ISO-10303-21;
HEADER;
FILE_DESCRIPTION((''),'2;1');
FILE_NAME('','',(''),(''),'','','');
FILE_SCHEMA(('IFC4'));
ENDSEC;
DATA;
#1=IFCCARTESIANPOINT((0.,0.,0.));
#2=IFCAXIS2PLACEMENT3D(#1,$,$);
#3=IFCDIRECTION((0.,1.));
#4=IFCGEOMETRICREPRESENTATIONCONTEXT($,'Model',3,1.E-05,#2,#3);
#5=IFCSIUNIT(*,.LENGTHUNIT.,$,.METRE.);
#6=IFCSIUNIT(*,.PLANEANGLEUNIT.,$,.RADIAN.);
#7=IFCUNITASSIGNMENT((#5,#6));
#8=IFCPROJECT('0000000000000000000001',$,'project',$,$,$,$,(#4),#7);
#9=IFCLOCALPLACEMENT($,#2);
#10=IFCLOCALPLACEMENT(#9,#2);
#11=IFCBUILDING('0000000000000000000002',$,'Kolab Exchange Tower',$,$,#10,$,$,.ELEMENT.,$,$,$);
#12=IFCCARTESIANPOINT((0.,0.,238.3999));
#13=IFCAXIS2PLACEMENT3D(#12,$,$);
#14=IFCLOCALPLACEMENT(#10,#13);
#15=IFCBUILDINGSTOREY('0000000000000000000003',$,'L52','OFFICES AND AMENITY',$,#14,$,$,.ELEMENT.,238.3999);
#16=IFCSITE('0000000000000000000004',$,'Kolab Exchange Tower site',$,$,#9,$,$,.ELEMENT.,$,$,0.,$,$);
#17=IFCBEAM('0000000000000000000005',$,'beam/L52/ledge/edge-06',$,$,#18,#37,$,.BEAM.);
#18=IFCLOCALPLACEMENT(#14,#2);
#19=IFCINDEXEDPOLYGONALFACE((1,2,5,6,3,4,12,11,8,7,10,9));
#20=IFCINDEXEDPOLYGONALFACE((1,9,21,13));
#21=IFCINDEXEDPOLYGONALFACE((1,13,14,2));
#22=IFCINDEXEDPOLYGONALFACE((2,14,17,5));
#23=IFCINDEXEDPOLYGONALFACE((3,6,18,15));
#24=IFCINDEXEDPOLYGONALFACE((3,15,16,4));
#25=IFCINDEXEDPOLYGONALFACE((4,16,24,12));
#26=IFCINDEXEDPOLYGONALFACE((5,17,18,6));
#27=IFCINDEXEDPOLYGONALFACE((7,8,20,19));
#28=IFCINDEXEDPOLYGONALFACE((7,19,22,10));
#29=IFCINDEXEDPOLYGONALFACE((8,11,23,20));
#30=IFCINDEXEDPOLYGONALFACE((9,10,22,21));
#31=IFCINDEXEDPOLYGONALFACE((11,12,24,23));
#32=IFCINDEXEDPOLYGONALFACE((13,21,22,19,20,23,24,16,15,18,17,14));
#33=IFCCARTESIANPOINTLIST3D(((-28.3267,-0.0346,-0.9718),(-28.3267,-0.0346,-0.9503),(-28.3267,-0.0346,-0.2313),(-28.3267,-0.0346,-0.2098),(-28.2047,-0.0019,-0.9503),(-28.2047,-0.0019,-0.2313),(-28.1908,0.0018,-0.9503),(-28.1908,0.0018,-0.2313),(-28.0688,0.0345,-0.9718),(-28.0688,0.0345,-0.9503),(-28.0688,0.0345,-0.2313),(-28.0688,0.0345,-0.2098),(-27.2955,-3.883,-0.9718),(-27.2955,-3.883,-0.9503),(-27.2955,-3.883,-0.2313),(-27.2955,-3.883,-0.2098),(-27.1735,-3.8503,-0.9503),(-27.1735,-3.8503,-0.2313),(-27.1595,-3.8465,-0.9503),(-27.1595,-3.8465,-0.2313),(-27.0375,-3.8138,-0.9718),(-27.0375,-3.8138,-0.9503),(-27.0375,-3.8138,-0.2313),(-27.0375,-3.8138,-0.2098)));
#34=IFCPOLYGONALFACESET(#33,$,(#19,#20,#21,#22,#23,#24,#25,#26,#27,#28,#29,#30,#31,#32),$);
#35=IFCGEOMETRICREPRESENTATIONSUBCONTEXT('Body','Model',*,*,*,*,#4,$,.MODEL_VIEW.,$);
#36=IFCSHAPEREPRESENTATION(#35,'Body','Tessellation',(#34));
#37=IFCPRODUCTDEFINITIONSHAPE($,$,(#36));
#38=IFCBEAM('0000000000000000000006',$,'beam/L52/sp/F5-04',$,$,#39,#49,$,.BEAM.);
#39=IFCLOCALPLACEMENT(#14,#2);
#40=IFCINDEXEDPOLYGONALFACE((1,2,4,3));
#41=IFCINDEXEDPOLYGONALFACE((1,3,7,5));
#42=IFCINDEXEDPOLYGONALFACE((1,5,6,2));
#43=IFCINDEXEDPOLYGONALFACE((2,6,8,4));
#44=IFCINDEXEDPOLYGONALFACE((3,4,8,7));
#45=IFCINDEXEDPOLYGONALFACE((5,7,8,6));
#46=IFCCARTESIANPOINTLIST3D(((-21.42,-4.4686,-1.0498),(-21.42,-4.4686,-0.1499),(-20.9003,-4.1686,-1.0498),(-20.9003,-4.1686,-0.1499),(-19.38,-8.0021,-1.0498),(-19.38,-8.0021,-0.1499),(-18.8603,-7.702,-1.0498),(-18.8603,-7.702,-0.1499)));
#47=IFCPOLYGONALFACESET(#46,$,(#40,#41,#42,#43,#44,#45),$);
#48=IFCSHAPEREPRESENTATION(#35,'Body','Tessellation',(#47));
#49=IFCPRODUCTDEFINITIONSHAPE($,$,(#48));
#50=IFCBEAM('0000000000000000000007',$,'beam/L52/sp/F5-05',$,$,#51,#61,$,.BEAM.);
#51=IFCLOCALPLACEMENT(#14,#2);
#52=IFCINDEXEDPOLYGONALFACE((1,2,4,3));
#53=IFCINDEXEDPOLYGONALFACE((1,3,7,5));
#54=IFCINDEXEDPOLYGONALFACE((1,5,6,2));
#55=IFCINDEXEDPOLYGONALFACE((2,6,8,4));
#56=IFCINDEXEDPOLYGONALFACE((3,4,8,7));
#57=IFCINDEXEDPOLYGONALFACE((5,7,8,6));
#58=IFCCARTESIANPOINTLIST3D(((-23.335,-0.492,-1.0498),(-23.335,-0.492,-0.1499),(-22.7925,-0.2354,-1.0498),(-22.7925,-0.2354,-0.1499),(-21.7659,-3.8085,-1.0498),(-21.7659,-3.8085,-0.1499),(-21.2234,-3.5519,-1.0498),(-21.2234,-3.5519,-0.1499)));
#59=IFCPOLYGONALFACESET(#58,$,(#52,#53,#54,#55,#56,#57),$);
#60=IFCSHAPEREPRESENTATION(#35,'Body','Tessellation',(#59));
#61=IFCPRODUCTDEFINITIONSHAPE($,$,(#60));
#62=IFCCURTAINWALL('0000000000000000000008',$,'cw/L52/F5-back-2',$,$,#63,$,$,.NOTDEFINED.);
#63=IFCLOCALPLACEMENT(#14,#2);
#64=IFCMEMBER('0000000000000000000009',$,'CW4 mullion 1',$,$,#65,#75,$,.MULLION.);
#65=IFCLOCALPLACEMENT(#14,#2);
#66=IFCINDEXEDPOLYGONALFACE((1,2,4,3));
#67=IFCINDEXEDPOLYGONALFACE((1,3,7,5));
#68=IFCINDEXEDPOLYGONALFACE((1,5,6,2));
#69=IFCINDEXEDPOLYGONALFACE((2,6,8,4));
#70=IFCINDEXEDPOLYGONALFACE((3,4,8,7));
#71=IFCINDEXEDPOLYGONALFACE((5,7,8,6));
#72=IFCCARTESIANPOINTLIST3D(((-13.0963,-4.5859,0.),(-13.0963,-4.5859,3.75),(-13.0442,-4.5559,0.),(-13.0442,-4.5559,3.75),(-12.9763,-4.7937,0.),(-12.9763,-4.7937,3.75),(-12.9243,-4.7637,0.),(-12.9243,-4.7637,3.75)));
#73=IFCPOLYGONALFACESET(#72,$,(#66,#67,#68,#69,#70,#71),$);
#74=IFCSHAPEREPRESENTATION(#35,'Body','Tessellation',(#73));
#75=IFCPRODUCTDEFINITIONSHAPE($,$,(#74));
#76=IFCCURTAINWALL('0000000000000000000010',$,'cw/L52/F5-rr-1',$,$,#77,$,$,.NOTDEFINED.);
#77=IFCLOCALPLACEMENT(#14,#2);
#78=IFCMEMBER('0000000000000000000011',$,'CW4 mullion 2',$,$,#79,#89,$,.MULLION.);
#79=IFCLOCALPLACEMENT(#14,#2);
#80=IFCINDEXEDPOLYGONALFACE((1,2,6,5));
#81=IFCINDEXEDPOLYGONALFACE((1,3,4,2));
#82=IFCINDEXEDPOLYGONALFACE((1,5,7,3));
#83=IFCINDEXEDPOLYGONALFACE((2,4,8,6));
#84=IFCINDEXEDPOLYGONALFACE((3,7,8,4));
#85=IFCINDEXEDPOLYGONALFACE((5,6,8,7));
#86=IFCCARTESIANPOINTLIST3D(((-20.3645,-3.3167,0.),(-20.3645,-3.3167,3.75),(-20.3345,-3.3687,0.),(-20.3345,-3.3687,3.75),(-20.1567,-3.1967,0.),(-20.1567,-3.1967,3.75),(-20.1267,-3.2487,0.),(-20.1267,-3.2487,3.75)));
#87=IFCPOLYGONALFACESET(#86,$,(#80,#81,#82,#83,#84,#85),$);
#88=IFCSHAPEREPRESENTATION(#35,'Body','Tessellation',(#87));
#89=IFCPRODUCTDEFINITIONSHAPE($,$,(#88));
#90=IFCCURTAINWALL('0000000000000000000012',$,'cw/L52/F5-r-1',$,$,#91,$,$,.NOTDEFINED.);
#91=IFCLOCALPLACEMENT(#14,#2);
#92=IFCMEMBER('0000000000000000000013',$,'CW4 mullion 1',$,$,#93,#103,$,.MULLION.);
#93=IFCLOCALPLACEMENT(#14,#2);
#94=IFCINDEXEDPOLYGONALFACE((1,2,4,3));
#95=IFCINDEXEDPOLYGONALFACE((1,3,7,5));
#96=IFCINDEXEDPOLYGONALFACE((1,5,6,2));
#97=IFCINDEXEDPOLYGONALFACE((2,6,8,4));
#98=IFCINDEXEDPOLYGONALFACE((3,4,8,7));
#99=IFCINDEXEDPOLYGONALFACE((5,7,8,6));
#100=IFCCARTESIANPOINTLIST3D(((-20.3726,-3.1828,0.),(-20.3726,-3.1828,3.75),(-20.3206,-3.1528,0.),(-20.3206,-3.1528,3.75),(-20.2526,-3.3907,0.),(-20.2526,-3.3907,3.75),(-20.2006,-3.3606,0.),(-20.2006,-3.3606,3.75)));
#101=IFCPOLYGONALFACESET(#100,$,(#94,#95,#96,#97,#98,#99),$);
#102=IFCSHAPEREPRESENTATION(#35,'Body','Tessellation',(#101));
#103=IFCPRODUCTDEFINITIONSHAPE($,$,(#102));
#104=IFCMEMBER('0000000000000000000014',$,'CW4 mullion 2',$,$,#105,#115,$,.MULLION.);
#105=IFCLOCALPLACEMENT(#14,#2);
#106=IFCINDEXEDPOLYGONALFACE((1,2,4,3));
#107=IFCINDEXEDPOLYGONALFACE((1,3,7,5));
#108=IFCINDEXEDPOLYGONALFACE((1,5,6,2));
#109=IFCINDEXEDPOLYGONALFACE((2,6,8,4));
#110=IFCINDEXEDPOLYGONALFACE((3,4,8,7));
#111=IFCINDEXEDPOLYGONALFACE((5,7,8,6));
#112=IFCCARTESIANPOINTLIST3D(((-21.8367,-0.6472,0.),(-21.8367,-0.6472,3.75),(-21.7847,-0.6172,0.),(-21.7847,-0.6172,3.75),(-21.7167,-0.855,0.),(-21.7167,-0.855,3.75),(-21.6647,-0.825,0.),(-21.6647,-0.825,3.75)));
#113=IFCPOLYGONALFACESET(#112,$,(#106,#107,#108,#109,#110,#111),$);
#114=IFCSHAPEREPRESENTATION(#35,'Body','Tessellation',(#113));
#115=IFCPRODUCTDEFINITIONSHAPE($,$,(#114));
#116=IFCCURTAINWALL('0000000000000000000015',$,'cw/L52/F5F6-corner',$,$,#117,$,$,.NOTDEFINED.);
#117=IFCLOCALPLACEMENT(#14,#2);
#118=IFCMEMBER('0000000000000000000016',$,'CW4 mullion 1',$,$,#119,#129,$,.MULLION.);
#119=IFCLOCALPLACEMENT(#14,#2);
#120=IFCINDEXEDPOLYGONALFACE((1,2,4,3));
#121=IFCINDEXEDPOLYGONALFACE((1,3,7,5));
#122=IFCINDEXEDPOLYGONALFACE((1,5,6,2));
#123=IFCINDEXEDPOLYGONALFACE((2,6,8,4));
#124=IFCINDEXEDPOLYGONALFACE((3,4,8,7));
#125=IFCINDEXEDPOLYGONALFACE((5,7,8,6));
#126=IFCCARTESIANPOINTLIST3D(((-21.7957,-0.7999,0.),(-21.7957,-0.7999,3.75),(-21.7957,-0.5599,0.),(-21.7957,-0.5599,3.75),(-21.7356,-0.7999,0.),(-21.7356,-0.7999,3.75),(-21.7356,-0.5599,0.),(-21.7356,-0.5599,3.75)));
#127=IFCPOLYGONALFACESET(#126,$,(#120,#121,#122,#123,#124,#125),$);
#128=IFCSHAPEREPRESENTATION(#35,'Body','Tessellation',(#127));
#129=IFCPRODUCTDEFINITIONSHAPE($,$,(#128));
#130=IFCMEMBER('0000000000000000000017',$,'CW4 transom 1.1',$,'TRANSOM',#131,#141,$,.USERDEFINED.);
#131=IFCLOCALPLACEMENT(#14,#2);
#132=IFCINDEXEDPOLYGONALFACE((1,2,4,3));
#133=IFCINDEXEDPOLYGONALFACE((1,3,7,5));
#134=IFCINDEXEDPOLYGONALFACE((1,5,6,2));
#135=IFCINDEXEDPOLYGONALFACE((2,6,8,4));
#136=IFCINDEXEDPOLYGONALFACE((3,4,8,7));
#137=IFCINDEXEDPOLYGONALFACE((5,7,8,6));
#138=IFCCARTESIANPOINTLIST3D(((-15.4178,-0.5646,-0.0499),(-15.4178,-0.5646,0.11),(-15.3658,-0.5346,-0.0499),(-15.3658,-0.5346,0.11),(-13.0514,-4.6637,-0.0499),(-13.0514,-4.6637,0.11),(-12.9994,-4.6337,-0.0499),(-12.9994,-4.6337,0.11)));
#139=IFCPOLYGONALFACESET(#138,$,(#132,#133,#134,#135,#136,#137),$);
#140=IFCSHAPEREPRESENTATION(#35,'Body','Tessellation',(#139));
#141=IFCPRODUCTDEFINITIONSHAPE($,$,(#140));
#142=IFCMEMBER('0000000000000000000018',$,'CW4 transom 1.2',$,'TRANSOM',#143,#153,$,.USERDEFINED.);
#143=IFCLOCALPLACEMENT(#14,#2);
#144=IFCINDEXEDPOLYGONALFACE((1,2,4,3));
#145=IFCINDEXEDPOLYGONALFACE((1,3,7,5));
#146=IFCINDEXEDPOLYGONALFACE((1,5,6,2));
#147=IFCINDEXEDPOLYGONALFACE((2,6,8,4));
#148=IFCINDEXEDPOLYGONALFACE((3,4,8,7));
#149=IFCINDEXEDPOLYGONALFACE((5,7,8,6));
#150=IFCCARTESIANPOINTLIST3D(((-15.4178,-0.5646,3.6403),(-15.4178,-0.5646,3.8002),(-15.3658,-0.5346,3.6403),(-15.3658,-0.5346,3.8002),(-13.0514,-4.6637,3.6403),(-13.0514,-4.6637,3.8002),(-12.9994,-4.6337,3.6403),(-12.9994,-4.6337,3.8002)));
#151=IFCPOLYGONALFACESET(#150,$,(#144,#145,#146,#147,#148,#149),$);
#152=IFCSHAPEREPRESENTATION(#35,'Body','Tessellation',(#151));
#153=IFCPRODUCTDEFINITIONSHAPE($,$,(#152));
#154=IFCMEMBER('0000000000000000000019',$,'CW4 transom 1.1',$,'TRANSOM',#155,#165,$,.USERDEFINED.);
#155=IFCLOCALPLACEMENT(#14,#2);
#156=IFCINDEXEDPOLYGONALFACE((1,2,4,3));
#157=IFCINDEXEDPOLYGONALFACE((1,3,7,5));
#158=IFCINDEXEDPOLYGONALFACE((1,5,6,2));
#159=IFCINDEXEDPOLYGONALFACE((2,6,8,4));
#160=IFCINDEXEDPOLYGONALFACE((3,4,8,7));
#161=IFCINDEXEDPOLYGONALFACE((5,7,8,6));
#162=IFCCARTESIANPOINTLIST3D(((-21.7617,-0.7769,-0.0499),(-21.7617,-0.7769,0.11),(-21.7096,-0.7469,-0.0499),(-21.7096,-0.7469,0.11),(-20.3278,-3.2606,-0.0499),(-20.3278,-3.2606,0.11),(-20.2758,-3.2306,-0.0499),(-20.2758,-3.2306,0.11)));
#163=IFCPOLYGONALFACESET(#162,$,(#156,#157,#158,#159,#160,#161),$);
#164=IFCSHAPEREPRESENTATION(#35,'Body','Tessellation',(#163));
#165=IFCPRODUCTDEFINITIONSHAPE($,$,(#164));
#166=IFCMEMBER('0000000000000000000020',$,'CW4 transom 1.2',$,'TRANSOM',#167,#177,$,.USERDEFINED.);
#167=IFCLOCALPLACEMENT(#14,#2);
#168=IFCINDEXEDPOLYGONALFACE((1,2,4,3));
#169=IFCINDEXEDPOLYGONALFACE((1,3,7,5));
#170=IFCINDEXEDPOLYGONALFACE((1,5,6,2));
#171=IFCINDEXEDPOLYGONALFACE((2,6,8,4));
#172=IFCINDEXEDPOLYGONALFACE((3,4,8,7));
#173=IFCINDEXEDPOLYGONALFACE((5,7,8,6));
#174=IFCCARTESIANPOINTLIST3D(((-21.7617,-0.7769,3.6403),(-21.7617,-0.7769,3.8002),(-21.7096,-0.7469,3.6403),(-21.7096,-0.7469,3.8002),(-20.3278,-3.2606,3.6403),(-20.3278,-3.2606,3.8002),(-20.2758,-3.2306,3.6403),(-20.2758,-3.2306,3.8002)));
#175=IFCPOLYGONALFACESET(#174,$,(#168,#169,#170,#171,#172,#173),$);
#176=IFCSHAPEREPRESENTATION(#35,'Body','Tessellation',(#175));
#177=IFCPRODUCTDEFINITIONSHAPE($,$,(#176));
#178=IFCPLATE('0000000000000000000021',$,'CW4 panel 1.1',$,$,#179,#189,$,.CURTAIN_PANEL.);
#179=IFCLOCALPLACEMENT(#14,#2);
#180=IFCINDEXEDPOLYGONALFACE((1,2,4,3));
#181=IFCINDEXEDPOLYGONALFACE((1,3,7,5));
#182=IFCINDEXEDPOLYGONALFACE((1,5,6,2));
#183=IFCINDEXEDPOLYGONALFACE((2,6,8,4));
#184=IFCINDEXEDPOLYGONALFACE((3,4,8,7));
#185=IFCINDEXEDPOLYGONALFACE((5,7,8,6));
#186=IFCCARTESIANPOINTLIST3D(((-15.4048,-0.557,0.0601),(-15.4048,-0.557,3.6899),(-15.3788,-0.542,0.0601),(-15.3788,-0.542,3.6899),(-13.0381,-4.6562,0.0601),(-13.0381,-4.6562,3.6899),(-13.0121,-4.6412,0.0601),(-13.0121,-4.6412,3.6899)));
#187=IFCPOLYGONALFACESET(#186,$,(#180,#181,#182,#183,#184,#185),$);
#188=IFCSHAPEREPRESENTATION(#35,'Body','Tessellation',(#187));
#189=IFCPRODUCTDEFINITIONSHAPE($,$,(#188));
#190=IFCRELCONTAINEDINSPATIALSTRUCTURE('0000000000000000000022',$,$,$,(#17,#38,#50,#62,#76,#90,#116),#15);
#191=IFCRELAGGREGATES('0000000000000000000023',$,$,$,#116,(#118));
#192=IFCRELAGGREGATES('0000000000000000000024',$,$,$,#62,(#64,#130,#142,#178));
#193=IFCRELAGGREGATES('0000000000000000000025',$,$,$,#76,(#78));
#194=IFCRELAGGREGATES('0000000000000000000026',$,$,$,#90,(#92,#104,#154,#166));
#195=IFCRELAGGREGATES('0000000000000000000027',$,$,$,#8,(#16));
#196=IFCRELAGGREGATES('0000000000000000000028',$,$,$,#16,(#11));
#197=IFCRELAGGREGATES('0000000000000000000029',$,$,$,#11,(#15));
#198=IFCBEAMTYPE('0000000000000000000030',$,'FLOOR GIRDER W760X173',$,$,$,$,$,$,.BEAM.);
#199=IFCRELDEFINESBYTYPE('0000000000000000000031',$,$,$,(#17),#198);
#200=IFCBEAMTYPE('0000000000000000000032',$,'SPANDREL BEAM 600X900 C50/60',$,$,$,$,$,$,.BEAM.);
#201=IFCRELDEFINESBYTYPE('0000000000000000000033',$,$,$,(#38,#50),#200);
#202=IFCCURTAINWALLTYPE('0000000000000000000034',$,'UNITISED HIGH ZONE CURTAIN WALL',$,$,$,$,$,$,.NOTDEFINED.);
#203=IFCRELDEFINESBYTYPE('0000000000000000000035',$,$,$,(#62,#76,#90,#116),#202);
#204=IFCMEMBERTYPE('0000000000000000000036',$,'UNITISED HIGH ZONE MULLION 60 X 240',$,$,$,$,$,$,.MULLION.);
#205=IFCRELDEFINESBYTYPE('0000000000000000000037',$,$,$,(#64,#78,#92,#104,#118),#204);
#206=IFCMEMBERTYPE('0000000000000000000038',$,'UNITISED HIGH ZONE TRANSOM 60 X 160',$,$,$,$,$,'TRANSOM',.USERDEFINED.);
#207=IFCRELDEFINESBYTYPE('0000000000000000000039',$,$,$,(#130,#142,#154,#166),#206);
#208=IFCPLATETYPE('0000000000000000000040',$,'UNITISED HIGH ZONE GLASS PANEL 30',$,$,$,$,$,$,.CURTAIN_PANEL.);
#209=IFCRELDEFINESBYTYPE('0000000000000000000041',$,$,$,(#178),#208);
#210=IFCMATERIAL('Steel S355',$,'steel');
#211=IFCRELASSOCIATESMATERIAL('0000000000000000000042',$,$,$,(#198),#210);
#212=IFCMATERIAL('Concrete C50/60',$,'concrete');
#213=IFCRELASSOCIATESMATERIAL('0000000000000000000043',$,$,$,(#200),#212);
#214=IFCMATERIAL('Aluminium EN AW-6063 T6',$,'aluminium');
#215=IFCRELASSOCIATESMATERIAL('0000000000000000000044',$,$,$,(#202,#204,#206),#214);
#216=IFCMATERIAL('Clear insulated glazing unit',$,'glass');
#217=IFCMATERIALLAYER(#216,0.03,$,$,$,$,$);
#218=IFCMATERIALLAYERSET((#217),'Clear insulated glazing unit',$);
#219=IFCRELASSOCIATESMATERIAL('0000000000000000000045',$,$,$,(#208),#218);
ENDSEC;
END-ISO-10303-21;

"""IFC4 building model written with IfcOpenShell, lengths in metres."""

from ifc_helpers import new_model, si_unit, direction, frame, origin, origin_2d, place, context, subcontext, project, spatial, rectangle, i_section, extrude, material, layer, layer_set, material_profile, profile_set, type_object, element, aggregate, save


model = new_model("IFC4")

# Units and contexts
model_context = context("Model", 3, precision=1e-05, world=origin(), true_north=direction((0.0, 1.0)))
body_context = subcontext(model_context, "Body", "Model", "MODEL_VIEW")
ifc_project = project(units=[si_unit("LENGTHUNIT", "METRE"), si_unit("PLANEANGLEUNIT", "RADIAN")], contexts=[model_context])

# Site, building, storey
site_placement = place(None, origin())
site = spatial("IfcSite", under=ifc_project, at=site_placement, Name="Kolab Exchange Tower site", CompositionType="ELEMENT", RefElevation=0.0)
building_placement = place(site_placement, origin())
building = spatial("IfcBuilding", under=site, at=building_placement, Name="Kolab Exchange Tower", CompositionType="ELEMENT")
storey_placement = place(building_placement, frame((0.0, 0.0, 238.3999)))
storey = spatial("IfcBuildingStorey", under=building, at=storey_placement, Name="L52", Description="OFFICES AND AMENITY", CompositionType="ELEMENT", Elevation=238.3999)

# Shared definitions
ifc_material_1 = material(Name="Concrete C50/60", Category="concrete")

# Beams
ifc_material_2 = material(Name="Steel S355", Category="steel")
ifc_material_profile_1 = material_profile(ifc_material_2, i_section(OverallWidth=0.2671, OverallDepth=0.762, WebThickness=0.0144, FlangeThickness=0.0215, at=origin_2d()), Name="W760X173")
ifc_profile_set_1 = profile_set([ifc_material_profile_1], Name="Steel S355")
beam_type_1 = type_object("IfcBeamType", Name="FLOOR GIRDER W760X173", PredefinedType="BEAM", material=ifc_profile_set_1)
beam_1_placement = place(storey_placement, frame((-27.1665, -3.8484, -0.5908), z_axis=(-0.258837, 0.965921, 0.0), x_axis=(-0.965921, -0.258837, 0.0)))
element("IfcBeam", 1, at=beam_1_placement, inside=storey, type_object=beam_type_1, Name="beam/L52/ledge/edge-06", PredefinedType="BEAM", context=body_context, shape_type="SweptSolid", body=[
    extrude(i_section(OverallWidth=0.2671, OverallDepth=0.762, WebThickness=0.0144, FlangeThickness=0.0215, at=origin_2d()), origin(), (0.0, 0.0, 1.0), 3.9841),
])
ifc_material_profile_2 = material_profile(ifc_material_1, rectangle(XDim=0.6001, YDim=0.8999, at=origin_2d()), Name="RC600X900")
ifc_profile_set_2 = profile_set([ifc_material_profile_2], Name="Concrete C50/60")
beam_type_2 = type_object("IfcBeamType", Name="SPANDREL BEAM 600X900 C50/60", PredefinedType="BEAM", material=ifc_profile_set_2)
beam_2_placement = place(storey_placement, frame((-19.1201, -7.8521, -0.5999), z_axis=(-0.5, 0.866025, 0.0), x_axis=(-0.866025, -0.5, 0.0)))
element("IfcBeam", 2, at=beam_2_placement, inside=storey, type_object=beam_type_2, Name="beam/L52/sp/F5-04", PredefinedType="BEAM", context=body_context, shape_type="SweptSolid", body=[
    extrude(rectangle(XDim=0.6001, YDim=0.8999, at=origin_2d()), origin(), (0.0, 0.0, 1.0), 4.0801),
])
beam_3_placement = place(storey_placement, frame((-21.4946, -3.6802, -0.5999), z_axis=(-0.427677, 0.903932, 0.0), x_axis=(-0.903932, -0.427677, 0.0)))
element("IfcBeam", 3, at=beam_3_placement, inside=storey, type_object=beam_type_2, Name="beam/L52/sp/F5-05", PredefinedType="BEAM", context=body_context, shape_type="SweptSolid", body=[
    extrude(rectangle(XDim=0.6001, YDim=0.8999, at=origin_2d()), origin(), (0.0, 0.0, 1.0), 3.6689),
])

# Curtain walls, members
ifc_material_3 = material(Name="Aluminium EN AW-6063 T6", Category="aluminium")
curtain_wall_type = type_object("IfcCurtainWallType", Name="UNITISED HIGH ZONE CURTAIN WALL", PredefinedType="NOTDEFINED", material=ifc_material_3)
curtain_wall_1_placement = place(storey_placement, origin())
curtain_wall_1 = element("IfcCurtainWall", 4, at=curtain_wall_1_placement, inside=storey, type_object=curtain_wall_type, Name="cw/L52/F5-back-2", PredefinedType="NOTDEFINED")
ifc_material_profile_3 = material_profile(ifc_material_3, rectangle(XDim=0.0601, YDim=0.24, at=origin_2d()), Name="RECT 60X240")
ifc_profile_set_3 = profile_set([ifc_material_profile_3], Name="Aluminium EN AW-6063 T6")
member_type_1 = type_object("IfcMemberType", Name="UNITISED HIGH ZONE MULLION 60 X 240", PredefinedType="MULLION", material=ifc_profile_set_3)
member_1_placement = place(storey_placement, frame((-13.0103, -4.6748, 0.0), z_axis=(0.0, 0.0, 1.0), x_axis=(-0.866025, -0.5, 0.0)))
member_1 = element("IfcMember", 5, at=member_1_placement, type_object=member_type_1, Name="CW4 mullion 1", PredefinedType="MULLION", context=body_context, shape_type="SweptSolid", body=[
    extrude(rectangle(XDim=0.0601, YDim=0.24, at=origin_2d()), origin(), (0.0, 0.0, 1.0), 3.75),
])
curtain_wall_2_placement = place(storey_placement, origin())
curtain_wall_2 = element("IfcCurtainWall", 6, at=curtain_wall_2_placement, inside=storey, type_object=curtain_wall_type, Name="cw/L52/F5-rr-1", PredefinedType="NOTDEFINED")
member_2_placement = place(storey_placement, frame((-20.2456, -3.2827, 0.0), z_axis=(0.0, 0.0, 1.0), x_axis=(0.5, -0.866025, 0.0)))
member_2 = element("IfcMember", 7, at=member_2_placement, type_object=member_type_1, Name="CW4 mullion 2", PredefinedType="MULLION", context=body_context, shape_type="SweptSolid", body=[
    extrude(rectangle(XDim=0.0601, YDim=0.24, at=origin_2d()), origin(), (0.0, 0.0, 1.0), 3.75),
])

# Curtain wall, members
curtain_wall_3_placement = place(storey_placement, origin())
curtain_wall_3 = element("IfcCurtainWall", 8, at=curtain_wall_3_placement, inside=storey, type_object=curtain_wall_type, Name="cw/L52/F5-r-1", PredefinedType="NOTDEFINED")
member_3_placement = place(storey_placement, frame((-20.2866, -3.2717, 0.0), z_axis=(0.0, 0.0, 1.0), x_axis=(-0.866025, -0.5, 0.0)))
member_3 = element("IfcMember", 9, at=member_3_placement, type_object=member_type_1, Name="CW4 mullion 1", PredefinedType="MULLION", context=body_context, shape_type="SweptSolid", body=[
    extrude(rectangle(XDim=0.0601, YDim=0.24, at=origin_2d()), origin(), (0.0, 0.0, 1.0), 3.75),
])
member_4_placement = place(storey_placement, frame((-21.7507, -0.7361, 0.0), z_axis=(0.0, 0.0, 1.0), x_axis=(-0.866025, -0.5, 0.0)))
member_4 = element("IfcMember", 10, at=member_4_placement, type_object=member_type_1, Name="CW4 mullion 2", PredefinedType="MULLION", context=body_context, shape_type="SweptSolid", body=[
    extrude(rectangle(XDim=0.0601, YDim=0.24, at=origin_2d()), origin(), (0.0, 0.0, 1.0), 3.75),
])

# Curtain wall, member
curtain_wall_4_placement = place(storey_placement, origin())
curtain_wall_4 = element("IfcCurtainWall", 11, at=curtain_wall_4_placement, inside=storey, type_object=curtain_wall_type, Name="cw/L52/F5F6-corner", PredefinedType="NOTDEFINED")
member_5_placement = place(storey_placement, frame((-21.7656, -0.6799, 0.0), z_axis=(0.0, 0.0, 1.0), x_axis=(-1.0, 0.0, 0.0)))
member_5 = element("IfcMember", 12, at=member_5_placement, type_object=member_type_1, Name="CW4 mullion 1", PredefinedType="MULLION", context=body_context, shape_type="SweptSolid", body=[
    extrude(rectangle(XDim=0.0601, YDim=0.24, at=origin_2d()), origin(), (0.0, 0.0, 1.0), 3.75),
])
aggregate(curtain_wall_4, [member_5])

# Members
ifc_material_profile_4 = material_profile(ifc_material_3, rectangle(XDim=0.0601, YDim=0.1599, at=origin_2d()), Name="RECT 60X160")
ifc_profile_set_4 = profile_set([ifc_material_profile_4], Name="Aluminium EN AW-6063 T6")
member_type_2 = type_object("IfcMemberType", Name="UNITISED HIGH ZONE TRANSOM 60 X 160", ElementType="TRANSOM", PredefinedType="USERDEFINED", material=ifc_profile_set_4)
member_6_placement = place(storey_placement, frame((-13.0254, -4.6487, 0.03), z_axis=(-0.499972, 0.866041, 0.0), x_axis=(-0.866041, -0.499972, 0.0)))
member_6 = element("IfcMember", 13, at=member_6_placement, type_object=member_type_2, Name="CW4 transom 1.1", ObjectType="TRANSOM", PredefinedType="USERDEFINED", context=body_context, shape_type="SweptSolid", body=[
    extrude(rectangle(XDim=0.0601, YDim=0.1599, at=origin_2d()), origin(), (0.0, 0.0, 1.0), 4.7332),
])
member_7_placement = place(storey_placement, frame((-13.0254, -4.6487, 3.7202), z_axis=(-0.499972, 0.866041, 0.0), x_axis=(-0.866041, -0.499972, 0.0)))
member_7 = element("IfcMember", 14, at=member_7_placement, type_object=member_type_2, Name="CW4 transom 1.2", ObjectType="TRANSOM", PredefinedType="USERDEFINED", context=body_context, shape_type="SweptSolid", body=[
    extrude(rectangle(XDim=0.0601, YDim=0.1599, at=origin_2d()), origin(), (0.0, 0.0, 1.0), 4.7332),
])
member_8_placement = place(storey_placement, frame((-20.3018, -3.2456, 0.03), z_axis=(-0.499975, 0.86604, 0.0), x_axis=(-0.86604, -0.499975, 0.0)))
member_8 = element("IfcMember", 15, at=member_8_placement, type_object=member_type_2, Name="CW4 transom 1.1", ObjectType="TRANSOM", PredefinedType="USERDEFINED", context=body_context, shape_type="SweptSolid", body=[
    extrude(rectangle(XDim=0.0601, YDim=0.1599, at=origin_2d()), origin(), (0.0, 0.0, 1.0), 2.8679),
])
member_9_placement = place(storey_placement, frame((-20.3018, -3.2456, 3.7202), z_axis=(-0.499975, 0.86604, 0.0), x_axis=(-0.86604, -0.499975, 0.0)))
member_9 = element("IfcMember", 16, at=member_9_placement, type_object=member_type_2, Name="CW4 transom 1.2", ObjectType="TRANSOM", PredefinedType="USERDEFINED", context=body_context, shape_type="SweptSolid", body=[
    extrude(rectangle(XDim=0.0601, YDim=0.1599, at=origin_2d()), origin(), (0.0, 0.0, 1.0), 2.8679),
])

# Plate
ifc_material_4 = material(Name="Clear insulated glazing unit", Category="glass")
ifc_layer_1 = layer(ifc_material_4, 0.03)
ifc_layer_set_1 = layer_set([ifc_layer_1], Name="Clear insulated glazing unit")
plate_type = type_object("IfcPlateType", Name="UNITISED HIGH ZONE GLASS PANEL 30", PredefinedType="CURTAIN_PANEL", material=ifc_layer_set_1)
plate_1_placement = place(storey_placement, frame((-14.2085, -2.5991, 0.0601), z_axis=(0.0, 0.0, 1.0), x_axis=(-0.5, 0.866025, 0.0)))
plate_1 = element("IfcPlate", 17, at=plate_1_placement, type_object=plate_type, Name="CW4 panel 1.1", PredefinedType="CURTAIN_PANEL", context=body_context, shape_type="SweptSolid", body=[
    extrude(rectangle(XDim=4.7334, YDim=0.03, at=origin_2d()), origin(), (0.0, 0.0, 1.0), 3.6299),
])
aggregate(curtain_wall_1, [member_1, member_6, member_7, plate_1])
aggregate(curtain_wall_2, [member_2])
aggregate(curtain_wall_3, [member_3, member_4, member_8, member_9])

save(model, "model.ifc")
